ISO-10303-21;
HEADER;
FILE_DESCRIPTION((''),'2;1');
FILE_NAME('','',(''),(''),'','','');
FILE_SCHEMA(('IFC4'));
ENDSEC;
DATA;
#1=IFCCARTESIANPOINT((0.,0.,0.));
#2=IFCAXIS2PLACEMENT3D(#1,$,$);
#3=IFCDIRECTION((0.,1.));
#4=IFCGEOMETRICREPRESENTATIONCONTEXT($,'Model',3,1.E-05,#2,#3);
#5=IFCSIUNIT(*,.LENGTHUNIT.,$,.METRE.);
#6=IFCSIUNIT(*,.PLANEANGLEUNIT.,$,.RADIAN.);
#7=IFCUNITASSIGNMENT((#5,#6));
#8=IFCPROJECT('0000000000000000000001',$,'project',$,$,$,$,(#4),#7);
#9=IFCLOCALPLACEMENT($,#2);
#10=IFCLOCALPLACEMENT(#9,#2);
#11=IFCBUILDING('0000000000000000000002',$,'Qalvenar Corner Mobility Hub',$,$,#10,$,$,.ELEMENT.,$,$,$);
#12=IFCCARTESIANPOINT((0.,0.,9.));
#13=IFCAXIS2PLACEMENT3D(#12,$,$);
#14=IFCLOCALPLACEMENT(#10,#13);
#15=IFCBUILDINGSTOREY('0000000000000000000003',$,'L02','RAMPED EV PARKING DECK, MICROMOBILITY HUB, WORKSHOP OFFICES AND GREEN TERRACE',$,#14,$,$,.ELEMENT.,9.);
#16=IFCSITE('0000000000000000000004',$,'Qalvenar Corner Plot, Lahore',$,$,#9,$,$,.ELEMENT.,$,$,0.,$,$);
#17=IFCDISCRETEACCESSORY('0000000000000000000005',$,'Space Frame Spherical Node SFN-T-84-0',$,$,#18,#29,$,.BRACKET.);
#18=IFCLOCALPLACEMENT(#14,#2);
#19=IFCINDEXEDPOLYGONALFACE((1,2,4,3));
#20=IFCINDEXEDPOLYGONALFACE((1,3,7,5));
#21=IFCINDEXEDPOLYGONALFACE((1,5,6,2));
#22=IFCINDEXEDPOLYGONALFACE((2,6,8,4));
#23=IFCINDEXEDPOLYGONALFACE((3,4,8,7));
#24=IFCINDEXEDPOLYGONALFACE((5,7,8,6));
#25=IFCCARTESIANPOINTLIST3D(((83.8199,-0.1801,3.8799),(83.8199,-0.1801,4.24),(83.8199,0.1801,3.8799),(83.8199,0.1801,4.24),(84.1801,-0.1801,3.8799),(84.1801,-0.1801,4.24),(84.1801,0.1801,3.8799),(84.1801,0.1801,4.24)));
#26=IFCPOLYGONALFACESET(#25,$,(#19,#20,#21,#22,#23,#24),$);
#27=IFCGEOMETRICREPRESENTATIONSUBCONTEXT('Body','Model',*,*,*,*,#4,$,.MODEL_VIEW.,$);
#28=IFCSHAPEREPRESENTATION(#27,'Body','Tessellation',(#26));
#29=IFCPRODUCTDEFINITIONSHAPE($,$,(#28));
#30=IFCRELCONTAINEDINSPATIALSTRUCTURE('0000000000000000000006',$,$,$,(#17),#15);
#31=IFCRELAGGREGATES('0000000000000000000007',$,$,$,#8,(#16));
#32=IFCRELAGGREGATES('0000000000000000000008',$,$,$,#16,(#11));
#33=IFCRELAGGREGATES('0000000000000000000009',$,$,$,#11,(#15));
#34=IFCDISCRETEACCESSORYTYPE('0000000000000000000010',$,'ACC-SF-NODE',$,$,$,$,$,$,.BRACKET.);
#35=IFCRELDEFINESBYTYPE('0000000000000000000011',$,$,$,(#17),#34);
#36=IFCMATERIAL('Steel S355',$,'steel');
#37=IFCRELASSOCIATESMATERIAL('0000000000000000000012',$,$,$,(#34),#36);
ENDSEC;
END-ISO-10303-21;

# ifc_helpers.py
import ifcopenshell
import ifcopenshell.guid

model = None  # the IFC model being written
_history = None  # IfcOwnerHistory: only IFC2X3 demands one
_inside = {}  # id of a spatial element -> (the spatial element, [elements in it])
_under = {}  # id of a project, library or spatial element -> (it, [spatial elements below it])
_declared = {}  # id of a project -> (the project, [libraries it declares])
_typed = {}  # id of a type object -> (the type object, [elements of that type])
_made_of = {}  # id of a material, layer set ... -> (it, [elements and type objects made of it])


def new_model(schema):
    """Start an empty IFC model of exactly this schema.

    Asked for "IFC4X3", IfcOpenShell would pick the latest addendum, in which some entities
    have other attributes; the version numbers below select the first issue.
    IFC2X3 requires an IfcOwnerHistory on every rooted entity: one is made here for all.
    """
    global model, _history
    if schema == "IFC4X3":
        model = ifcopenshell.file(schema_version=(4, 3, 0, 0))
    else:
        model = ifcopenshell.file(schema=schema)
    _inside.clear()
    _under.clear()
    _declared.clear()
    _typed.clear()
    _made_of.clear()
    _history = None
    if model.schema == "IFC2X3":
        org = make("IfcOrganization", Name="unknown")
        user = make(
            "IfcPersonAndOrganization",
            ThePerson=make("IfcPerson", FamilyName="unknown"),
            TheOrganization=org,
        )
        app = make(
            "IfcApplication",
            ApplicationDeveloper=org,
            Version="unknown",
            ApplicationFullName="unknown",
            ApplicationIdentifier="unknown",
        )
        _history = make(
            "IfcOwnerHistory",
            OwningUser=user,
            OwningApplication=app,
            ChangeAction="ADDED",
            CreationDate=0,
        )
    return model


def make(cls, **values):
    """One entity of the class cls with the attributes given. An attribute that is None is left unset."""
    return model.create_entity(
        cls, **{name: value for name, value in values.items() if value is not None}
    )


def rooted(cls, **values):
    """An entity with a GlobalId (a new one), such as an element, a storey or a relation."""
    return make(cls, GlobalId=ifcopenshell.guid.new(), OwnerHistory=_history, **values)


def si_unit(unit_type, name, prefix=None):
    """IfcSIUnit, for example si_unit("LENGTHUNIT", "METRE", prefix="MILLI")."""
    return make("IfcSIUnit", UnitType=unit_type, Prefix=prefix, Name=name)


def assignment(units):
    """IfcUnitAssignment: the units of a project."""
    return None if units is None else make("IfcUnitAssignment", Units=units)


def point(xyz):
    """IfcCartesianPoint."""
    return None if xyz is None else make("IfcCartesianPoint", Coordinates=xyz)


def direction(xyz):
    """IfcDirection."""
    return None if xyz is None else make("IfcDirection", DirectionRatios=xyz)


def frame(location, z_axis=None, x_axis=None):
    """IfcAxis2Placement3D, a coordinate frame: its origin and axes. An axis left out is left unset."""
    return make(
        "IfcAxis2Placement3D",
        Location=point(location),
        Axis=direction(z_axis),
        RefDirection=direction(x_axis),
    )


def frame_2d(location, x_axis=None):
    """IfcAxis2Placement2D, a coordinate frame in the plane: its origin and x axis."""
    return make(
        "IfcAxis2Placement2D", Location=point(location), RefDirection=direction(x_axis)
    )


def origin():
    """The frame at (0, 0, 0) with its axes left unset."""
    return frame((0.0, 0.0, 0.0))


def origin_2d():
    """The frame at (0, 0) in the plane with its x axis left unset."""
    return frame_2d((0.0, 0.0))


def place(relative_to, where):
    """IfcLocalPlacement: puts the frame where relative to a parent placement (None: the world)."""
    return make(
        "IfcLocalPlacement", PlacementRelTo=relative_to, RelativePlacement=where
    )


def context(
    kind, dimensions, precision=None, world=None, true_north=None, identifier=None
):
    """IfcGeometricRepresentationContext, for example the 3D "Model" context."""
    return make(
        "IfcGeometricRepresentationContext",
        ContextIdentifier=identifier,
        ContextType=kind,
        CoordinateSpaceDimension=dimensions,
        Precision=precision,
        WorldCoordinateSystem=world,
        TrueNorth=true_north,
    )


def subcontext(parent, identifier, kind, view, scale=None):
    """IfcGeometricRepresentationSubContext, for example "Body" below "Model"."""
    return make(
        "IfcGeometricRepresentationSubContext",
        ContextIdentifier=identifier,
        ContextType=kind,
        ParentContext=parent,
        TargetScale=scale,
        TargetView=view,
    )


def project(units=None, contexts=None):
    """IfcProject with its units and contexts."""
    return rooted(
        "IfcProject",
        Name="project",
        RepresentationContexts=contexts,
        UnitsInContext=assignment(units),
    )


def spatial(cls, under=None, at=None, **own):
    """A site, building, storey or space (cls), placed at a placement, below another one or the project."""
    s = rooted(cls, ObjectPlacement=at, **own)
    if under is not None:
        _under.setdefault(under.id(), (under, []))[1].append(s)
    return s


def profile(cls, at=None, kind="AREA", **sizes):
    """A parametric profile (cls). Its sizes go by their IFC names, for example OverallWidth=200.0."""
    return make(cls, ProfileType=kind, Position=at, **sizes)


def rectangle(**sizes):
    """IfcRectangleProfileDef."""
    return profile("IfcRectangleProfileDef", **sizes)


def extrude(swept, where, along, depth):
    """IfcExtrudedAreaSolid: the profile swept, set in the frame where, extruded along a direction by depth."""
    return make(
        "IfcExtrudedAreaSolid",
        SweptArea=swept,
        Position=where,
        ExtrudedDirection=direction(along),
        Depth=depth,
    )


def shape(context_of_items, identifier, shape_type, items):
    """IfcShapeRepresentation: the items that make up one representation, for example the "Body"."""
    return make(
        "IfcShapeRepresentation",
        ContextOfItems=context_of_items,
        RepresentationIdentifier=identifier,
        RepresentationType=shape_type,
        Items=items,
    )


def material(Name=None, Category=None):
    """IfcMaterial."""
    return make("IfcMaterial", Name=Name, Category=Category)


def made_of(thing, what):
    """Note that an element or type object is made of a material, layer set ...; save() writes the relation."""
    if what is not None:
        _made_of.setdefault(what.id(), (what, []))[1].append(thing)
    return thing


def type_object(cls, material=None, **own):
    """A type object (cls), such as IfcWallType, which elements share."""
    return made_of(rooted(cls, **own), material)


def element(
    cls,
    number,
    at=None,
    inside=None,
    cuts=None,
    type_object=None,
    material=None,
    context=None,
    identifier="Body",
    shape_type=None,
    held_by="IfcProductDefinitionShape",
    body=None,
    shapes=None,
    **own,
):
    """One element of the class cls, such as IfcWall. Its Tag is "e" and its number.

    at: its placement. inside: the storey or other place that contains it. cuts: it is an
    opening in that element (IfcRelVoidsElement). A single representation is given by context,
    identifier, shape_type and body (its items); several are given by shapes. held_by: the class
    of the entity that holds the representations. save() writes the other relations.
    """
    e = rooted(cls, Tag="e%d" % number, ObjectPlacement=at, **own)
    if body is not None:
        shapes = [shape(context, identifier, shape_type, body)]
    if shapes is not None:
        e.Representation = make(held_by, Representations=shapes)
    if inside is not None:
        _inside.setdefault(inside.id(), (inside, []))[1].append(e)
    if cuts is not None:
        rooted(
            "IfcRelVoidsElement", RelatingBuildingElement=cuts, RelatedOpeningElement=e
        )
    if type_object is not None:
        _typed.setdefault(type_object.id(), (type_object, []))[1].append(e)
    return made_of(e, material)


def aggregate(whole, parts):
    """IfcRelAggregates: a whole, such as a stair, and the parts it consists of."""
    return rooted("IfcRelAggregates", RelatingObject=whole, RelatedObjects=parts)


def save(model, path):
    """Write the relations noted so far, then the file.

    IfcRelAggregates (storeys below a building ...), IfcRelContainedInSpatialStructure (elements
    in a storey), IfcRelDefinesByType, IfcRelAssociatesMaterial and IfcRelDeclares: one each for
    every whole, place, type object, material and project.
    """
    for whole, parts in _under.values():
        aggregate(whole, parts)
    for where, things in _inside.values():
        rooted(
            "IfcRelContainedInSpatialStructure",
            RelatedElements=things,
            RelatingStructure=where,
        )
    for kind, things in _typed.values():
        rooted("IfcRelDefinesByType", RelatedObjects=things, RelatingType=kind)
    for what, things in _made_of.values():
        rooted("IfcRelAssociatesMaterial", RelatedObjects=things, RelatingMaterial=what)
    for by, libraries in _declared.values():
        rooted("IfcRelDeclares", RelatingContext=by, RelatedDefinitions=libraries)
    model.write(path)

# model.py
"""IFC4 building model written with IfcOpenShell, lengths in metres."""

from ifc_helpers import new_model, si_unit, direction, frame, origin, origin_2d, place, context, subcontext, project, spatial, rectangle, extrude, material, type_object, element, save


model = new_model("IFC4")

# Units and contexts
model_context = context("Model", 3, precision=1e-05, world=origin(), true_north=direction((0.0, 1.0)))
body_context = subcontext(model_context, "Body", "Model", "MODEL_VIEW")
ifc_project = project(units=[si_unit("LENGTHUNIT", "METRE"), si_unit("PLANEANGLEUNIT", "RADIAN")], contexts=[model_context])

# Site, building, storey
site_placement = place(None, origin())
site = spatial("IfcSite", under=ifc_project, at=site_placement, Name="Qalvenar Corner Plot, Lahore", CompositionType="ELEMENT", RefElevation=0.0)
building_placement = place(site_placement, origin())
building = spatial("IfcBuilding", under=site, at=building_placement, Name="Qalvenar Corner Mobility Hub", CompositionType="ELEMENT")
storey_placement = place(building_placement, frame((0.0, 0.0, 9.0)))
storey = spatial("IfcBuildingStorey", under=building, at=storey_placement, Name="L02", Description="RAMPED EV PARKING DECK, MICROMOBILITY HUB, WORKSHOP OFFICES AND GREEN TERRACE", CompositionType="ELEMENT", Elevation=9.0)

# Shared definitions
ifc_material_1 = material(Name="Steel S355", Category="steel")

# Discrete accessory
discrete_accessory_type = type_object("IfcDiscreteAccessoryType", Name="ACC-SF-NODE", PredefinedType="BRACKET", material=ifc_material_1)
discrete_accessory_placement = place(storey_placement, frame((84.0, 0.0, 3.8799), z_axis=(0.0, 0.0, 1.0), x_axis=(1.0, 0.0, 0.0)))
element("IfcDiscreteAccessory", 1, at=discrete_accessory_placement, inside=storey, type_object=discrete_accessory_type, Name="Space Frame Spherical Node SFN-T-84-0", PredefinedType="BRACKET", context=body_context, shape_type="SweptSolid", body=[
    extrude(rectangle(XDim=0.3601, YDim=0.3601, at=origin_2d()), origin(), (0.0, 0.0, 1.0), 0.3601),
])

save(model, "model.ifc")
